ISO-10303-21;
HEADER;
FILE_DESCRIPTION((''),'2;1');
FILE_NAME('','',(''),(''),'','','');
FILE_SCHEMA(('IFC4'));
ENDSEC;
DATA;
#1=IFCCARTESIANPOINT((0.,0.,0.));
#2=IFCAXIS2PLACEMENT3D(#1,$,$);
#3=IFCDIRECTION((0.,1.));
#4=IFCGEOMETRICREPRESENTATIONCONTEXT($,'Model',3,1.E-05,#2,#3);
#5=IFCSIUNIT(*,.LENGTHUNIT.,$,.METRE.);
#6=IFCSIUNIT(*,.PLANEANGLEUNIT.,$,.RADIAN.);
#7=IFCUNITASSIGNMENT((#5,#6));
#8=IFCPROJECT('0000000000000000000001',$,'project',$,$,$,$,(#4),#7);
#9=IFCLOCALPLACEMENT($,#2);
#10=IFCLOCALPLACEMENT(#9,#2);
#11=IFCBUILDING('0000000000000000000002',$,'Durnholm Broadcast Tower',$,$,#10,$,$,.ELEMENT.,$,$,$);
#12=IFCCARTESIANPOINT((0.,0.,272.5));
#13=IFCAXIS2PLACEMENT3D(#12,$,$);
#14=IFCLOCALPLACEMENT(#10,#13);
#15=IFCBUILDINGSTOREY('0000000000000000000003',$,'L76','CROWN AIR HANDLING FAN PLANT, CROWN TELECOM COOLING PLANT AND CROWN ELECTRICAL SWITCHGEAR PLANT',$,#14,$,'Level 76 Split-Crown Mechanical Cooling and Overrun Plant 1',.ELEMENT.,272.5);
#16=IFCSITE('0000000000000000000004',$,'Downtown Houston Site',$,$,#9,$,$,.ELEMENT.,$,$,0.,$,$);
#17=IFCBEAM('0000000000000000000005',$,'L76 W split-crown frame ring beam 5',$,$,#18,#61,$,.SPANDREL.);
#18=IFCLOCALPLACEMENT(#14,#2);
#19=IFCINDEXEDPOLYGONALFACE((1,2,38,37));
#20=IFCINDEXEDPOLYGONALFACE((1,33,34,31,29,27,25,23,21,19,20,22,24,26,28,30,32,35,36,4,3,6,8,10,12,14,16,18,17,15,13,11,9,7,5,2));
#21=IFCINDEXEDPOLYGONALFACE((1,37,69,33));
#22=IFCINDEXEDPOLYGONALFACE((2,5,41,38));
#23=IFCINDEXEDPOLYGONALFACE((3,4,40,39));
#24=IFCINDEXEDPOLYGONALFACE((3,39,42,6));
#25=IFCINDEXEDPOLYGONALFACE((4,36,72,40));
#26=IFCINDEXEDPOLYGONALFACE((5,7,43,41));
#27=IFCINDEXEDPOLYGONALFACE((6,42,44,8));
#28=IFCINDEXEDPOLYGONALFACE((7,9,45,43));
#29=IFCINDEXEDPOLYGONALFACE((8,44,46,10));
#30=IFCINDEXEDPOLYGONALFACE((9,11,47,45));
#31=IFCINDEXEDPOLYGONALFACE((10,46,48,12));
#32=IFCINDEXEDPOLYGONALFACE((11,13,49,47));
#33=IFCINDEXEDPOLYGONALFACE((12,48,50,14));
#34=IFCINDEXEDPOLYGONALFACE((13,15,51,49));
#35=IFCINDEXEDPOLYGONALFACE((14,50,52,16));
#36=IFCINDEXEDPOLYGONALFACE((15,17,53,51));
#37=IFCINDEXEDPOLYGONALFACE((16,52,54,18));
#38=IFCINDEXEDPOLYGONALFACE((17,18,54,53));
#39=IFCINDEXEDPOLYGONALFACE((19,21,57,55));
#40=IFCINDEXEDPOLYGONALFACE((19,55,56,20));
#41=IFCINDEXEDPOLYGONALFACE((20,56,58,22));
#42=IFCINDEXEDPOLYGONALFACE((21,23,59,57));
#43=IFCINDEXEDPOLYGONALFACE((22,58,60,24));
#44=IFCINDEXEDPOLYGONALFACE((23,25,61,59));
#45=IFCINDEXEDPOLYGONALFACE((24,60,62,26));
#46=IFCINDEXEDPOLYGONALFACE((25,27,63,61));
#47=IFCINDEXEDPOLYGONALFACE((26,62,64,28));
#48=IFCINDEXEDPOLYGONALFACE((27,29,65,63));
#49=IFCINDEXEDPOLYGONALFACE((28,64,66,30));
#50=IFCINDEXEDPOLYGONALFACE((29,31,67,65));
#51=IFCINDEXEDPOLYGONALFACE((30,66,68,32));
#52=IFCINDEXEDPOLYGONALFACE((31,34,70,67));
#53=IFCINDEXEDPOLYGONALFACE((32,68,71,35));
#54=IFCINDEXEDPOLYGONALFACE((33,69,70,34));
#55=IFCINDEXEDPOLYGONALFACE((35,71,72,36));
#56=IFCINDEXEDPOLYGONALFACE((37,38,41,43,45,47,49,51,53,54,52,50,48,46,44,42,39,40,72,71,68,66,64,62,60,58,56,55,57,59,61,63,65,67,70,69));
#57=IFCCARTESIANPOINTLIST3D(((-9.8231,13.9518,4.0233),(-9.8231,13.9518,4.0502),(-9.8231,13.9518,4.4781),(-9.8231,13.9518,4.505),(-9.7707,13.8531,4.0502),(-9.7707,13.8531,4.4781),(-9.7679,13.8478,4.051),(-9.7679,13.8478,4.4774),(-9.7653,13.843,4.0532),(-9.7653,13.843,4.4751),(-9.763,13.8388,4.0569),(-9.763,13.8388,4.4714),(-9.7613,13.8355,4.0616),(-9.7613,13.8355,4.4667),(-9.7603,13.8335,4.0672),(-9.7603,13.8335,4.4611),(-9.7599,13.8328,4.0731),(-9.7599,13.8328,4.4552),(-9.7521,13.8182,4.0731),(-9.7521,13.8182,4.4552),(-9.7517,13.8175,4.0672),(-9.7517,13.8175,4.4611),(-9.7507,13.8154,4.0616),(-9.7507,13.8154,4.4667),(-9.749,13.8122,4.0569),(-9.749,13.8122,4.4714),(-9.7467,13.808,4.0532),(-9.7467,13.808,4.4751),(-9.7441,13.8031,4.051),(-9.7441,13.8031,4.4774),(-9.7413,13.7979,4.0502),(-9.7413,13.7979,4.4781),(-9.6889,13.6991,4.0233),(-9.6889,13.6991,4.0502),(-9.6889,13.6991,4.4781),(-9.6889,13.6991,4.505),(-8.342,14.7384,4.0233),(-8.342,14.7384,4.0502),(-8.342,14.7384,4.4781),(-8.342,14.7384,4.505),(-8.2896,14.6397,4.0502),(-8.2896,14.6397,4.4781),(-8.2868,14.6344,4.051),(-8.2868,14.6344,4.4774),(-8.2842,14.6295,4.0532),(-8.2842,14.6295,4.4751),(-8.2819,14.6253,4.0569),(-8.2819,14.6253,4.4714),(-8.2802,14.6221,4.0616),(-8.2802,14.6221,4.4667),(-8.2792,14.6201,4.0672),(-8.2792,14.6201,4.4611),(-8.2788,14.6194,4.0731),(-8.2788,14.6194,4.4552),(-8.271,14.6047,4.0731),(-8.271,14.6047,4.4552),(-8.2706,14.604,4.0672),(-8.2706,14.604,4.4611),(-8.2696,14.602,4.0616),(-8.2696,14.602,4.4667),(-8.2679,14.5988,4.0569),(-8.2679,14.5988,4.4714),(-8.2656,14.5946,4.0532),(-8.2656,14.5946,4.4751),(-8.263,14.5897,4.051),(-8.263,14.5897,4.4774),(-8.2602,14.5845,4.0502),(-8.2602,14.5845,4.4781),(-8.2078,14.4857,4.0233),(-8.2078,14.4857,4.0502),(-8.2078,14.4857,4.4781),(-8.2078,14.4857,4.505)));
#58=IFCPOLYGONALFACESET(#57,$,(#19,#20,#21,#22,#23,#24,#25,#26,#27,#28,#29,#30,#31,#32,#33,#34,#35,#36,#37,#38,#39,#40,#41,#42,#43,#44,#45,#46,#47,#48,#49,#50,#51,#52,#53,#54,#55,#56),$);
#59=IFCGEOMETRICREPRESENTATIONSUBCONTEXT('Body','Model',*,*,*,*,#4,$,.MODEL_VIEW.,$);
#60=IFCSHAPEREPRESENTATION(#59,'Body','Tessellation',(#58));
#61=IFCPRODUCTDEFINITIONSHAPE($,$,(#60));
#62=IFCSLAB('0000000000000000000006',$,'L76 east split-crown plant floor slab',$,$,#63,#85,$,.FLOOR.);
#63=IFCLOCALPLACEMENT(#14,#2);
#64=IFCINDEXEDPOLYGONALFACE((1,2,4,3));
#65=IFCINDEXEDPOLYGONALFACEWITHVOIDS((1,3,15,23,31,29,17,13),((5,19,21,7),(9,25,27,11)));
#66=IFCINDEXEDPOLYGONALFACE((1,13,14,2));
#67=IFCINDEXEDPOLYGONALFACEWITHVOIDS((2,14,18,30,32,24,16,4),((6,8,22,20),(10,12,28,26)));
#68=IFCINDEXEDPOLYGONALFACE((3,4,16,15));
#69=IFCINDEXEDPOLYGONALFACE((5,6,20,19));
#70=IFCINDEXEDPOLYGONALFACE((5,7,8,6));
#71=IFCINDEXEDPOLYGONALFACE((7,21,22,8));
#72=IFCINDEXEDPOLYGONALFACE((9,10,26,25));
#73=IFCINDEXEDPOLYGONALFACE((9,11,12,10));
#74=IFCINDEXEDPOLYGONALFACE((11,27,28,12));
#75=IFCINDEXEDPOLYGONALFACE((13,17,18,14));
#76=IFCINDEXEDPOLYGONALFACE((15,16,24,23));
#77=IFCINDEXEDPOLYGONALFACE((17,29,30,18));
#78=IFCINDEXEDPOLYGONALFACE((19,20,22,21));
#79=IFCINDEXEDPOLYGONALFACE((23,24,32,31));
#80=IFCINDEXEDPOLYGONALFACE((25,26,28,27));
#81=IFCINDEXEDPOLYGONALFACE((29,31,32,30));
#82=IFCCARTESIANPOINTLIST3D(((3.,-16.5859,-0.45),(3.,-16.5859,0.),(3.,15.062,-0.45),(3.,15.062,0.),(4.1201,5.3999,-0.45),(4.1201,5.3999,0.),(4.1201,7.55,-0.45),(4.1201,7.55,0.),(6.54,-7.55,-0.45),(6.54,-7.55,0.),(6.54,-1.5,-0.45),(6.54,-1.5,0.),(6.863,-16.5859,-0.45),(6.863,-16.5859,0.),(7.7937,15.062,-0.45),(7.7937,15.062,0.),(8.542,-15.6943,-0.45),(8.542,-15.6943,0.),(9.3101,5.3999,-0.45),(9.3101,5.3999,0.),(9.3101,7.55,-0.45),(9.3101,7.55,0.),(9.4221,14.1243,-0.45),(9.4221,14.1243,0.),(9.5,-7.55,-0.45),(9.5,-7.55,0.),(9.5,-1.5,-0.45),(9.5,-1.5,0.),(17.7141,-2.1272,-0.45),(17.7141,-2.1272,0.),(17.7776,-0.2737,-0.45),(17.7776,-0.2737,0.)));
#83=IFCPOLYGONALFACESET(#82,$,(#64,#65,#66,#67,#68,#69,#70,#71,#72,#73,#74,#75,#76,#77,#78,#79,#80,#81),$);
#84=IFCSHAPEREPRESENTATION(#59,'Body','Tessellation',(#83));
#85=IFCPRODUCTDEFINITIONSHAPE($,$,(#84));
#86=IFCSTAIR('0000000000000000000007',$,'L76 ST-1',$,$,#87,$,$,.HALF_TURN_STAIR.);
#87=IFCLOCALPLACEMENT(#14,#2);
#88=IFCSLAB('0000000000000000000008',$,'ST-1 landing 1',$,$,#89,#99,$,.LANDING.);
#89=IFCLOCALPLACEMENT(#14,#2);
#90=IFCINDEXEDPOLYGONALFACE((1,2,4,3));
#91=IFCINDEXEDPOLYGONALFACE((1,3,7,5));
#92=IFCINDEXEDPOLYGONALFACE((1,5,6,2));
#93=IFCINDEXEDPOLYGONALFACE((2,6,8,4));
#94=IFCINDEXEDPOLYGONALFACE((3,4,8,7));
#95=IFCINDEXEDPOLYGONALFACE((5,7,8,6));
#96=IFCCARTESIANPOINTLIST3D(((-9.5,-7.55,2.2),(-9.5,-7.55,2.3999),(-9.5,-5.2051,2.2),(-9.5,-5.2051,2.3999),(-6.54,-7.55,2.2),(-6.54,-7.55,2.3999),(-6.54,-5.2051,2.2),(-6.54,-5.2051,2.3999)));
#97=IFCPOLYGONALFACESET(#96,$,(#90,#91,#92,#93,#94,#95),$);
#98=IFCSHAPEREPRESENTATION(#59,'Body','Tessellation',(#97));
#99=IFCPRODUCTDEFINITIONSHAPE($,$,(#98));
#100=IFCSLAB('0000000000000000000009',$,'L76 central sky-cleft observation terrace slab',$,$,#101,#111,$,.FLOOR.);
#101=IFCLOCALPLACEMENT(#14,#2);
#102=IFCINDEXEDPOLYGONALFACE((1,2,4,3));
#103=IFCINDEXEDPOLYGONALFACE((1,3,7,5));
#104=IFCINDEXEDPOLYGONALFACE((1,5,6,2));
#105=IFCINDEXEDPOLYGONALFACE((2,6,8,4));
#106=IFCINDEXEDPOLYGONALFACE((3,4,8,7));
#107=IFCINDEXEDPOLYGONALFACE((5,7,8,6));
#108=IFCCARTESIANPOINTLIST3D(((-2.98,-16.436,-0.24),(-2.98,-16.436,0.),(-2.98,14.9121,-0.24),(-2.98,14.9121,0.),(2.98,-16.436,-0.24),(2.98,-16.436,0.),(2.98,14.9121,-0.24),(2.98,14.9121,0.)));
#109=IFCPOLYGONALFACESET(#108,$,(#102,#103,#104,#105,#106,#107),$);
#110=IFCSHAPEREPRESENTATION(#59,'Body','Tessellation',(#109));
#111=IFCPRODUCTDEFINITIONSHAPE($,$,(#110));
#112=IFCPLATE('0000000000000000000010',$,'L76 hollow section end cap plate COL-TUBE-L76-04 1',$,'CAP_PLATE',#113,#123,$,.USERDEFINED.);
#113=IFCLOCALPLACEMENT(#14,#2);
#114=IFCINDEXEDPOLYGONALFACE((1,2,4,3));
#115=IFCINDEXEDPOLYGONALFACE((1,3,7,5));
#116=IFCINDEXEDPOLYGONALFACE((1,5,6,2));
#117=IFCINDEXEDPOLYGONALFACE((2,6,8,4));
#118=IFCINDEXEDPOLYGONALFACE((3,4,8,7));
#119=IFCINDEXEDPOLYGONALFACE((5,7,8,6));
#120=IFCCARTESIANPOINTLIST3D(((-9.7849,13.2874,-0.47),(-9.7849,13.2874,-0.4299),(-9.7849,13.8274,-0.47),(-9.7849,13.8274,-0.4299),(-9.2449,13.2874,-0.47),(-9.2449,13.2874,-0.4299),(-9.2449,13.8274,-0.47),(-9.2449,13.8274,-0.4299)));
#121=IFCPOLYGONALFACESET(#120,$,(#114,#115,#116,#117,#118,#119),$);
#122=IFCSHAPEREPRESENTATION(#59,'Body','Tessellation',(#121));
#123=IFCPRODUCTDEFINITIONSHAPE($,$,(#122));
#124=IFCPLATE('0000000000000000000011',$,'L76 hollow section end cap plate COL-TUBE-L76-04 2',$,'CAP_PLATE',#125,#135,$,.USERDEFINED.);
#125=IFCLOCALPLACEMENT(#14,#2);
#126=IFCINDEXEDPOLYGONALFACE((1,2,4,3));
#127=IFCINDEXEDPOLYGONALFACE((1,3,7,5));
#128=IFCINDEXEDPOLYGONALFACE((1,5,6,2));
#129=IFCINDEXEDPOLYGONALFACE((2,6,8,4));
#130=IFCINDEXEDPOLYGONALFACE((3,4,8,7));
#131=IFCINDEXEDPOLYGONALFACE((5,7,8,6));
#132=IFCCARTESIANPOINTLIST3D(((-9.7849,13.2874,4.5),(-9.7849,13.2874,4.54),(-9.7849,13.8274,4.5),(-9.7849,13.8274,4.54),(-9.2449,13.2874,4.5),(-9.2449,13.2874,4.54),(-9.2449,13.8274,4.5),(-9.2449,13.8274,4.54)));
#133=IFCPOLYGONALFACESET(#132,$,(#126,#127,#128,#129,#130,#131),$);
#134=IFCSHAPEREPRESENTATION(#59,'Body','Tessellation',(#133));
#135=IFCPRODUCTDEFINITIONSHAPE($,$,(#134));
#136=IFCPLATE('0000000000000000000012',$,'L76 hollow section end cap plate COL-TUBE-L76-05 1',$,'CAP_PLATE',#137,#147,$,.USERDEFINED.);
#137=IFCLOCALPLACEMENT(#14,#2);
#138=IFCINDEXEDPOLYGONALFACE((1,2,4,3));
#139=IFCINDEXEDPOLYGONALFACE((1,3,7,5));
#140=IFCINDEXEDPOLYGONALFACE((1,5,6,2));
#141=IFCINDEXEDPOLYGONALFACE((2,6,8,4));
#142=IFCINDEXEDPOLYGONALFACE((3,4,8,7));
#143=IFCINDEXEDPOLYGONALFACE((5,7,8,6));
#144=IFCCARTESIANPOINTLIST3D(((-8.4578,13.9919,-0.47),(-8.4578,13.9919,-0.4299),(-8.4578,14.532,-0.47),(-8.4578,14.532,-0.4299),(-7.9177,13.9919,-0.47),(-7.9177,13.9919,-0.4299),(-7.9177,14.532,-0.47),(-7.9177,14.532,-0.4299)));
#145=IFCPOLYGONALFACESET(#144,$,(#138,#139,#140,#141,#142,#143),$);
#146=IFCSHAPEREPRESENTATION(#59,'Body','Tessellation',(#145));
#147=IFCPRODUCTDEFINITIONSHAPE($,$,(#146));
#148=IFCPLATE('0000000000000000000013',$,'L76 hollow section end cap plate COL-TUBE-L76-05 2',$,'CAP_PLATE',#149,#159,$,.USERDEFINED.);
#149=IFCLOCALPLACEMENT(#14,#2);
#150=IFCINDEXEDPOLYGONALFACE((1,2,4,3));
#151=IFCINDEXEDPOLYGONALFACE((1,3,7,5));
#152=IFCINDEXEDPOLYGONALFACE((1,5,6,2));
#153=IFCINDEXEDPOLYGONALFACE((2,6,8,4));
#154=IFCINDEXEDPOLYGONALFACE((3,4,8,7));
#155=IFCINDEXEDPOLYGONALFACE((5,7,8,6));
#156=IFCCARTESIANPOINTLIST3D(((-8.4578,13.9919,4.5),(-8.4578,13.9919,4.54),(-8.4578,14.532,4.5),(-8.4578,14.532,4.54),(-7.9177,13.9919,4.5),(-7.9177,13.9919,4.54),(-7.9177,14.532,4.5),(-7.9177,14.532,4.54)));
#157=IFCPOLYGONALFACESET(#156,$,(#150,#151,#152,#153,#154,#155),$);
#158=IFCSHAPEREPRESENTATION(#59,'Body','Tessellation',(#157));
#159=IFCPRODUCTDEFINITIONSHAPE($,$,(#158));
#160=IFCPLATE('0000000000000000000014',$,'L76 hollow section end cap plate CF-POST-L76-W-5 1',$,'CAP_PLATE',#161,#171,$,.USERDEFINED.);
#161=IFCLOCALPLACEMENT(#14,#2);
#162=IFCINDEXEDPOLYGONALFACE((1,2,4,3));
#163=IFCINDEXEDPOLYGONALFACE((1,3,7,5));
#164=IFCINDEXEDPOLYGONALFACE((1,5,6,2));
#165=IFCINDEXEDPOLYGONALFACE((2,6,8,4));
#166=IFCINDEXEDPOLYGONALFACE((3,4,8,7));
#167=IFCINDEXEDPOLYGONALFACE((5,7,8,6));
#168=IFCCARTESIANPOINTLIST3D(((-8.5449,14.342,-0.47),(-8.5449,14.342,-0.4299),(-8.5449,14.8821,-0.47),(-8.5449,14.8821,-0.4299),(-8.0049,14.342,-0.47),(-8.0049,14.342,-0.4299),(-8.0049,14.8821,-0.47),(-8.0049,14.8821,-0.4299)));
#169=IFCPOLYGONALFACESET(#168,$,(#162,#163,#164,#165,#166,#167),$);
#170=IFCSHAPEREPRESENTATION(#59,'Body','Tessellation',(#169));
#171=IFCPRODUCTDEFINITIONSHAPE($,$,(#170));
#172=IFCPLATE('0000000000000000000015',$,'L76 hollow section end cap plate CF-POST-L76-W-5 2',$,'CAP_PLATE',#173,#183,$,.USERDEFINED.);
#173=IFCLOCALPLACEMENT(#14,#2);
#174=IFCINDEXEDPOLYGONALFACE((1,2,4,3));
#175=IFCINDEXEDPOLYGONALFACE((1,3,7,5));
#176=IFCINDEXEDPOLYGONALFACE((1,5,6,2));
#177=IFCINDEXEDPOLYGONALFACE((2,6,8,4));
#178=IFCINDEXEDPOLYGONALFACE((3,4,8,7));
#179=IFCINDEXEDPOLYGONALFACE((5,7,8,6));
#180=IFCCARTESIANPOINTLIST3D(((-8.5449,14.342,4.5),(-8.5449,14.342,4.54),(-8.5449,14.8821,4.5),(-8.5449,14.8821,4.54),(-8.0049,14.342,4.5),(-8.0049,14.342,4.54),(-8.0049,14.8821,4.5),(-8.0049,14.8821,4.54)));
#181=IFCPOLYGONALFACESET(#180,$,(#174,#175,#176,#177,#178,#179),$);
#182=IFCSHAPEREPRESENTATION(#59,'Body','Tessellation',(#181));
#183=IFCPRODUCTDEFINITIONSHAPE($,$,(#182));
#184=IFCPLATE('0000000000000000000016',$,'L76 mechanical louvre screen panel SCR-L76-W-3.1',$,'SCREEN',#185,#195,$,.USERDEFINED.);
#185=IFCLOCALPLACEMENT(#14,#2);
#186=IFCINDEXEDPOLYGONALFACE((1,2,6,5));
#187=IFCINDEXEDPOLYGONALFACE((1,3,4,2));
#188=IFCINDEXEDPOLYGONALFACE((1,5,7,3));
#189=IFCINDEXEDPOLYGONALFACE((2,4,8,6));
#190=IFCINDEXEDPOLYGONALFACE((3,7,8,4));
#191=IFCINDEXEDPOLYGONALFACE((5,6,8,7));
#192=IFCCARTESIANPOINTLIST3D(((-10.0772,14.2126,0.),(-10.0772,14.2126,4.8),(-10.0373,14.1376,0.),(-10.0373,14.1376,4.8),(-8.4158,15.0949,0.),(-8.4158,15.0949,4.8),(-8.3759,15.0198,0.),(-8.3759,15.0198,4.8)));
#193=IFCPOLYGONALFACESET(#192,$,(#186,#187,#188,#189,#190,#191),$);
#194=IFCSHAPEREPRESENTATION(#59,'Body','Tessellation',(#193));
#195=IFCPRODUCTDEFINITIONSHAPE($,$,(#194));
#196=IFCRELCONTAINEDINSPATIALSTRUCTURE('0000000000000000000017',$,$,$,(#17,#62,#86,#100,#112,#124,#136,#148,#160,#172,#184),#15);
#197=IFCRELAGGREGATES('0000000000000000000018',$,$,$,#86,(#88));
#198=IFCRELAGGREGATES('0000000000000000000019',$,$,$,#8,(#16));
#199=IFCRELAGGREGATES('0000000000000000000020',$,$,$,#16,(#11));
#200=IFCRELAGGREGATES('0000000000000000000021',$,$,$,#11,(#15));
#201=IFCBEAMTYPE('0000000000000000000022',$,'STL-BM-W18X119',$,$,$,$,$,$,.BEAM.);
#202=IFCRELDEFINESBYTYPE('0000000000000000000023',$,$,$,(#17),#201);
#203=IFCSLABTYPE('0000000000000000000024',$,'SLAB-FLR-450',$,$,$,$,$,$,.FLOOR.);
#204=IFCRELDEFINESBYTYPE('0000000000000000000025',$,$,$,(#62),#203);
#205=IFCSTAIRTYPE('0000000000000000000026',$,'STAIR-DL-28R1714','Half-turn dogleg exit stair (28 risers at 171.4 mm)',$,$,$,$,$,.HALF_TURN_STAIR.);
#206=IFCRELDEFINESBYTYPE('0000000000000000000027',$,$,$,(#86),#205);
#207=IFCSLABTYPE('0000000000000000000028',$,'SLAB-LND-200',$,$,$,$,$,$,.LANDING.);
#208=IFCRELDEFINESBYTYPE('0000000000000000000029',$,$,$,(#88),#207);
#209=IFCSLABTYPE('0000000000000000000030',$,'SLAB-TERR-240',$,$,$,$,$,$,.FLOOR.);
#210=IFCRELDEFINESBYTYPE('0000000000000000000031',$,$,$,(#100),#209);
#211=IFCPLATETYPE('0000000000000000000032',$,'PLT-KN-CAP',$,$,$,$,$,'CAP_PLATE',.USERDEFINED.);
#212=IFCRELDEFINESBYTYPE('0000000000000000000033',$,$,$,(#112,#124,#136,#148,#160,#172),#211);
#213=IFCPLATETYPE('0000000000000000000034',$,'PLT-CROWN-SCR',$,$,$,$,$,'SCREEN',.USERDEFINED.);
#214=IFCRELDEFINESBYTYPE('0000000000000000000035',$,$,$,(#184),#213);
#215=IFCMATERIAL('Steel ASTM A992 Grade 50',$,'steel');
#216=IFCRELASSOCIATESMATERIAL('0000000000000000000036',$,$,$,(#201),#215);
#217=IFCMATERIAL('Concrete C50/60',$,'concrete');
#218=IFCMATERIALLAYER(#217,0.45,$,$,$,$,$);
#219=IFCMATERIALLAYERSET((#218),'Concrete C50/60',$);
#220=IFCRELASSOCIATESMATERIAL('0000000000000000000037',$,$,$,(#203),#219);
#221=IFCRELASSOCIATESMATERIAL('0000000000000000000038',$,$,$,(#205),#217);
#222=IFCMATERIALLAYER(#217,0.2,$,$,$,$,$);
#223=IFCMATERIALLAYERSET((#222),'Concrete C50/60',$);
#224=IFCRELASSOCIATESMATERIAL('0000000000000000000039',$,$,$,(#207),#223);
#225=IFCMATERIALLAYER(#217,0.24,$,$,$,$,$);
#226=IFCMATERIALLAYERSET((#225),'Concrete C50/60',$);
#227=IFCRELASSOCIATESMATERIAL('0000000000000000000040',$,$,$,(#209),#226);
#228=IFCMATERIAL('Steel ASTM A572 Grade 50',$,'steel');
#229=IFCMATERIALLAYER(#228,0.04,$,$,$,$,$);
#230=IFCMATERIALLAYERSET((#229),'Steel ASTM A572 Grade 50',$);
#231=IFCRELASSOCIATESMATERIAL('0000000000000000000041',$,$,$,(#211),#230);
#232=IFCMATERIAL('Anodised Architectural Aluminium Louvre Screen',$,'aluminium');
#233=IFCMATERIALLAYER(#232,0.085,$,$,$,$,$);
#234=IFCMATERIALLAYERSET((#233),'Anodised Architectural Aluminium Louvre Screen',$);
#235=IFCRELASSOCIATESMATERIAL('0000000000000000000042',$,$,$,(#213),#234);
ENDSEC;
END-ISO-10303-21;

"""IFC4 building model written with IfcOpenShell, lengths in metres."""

from ifc_helpers import new_model, si_unit, direction, frame, origin, origin_2d, place, context, subcontext, project, spatial, polyline, rectangle, i_section, outline, extrude, source, transform, mapped, material, layer, layer_set, material_profile, profile_set, type_object, type_shapes, element, aggregate, save


model = new_model("IFC4")

# Units and contexts
model_context = context("Model", 3, precision=1e-05, world=origin(), true_north=direction((0.0, 1.0)))
body_context = subcontext(model_context, "Body", "Model", "MODEL_VIEW")
ifc_project = project(units=[si_unit("LENGTHUNIT", "METRE"), si_unit("PLANEANGLEUNIT", "RADIAN")], contexts=[model_context])

# Site, building, storey
site_placement = place(None, origin())
site = spatial("IfcSite", under=ifc_project, at=site_placement, Name="Downtown Houston Site", CompositionType="ELEMENT", RefElevation=0.0)
building_placement = place(site_placement, origin())
building = spatial("IfcBuilding", under=site, at=building_placement, Name="Durnholm Broadcast Tower", CompositionType="ELEMENT")
storey_placement = place(building_placement, frame((0.0, 0.0, 272.5)))
storey = spatial("IfcBuildingStorey", under=building, at=storey_placement, Name="L76", Description="CROWN AIR HANDLING FAN PLANT, CROWN TELECOM COOLING PLANT AND CROWN ELECTRICAL SWITCHGEAR PLANT", LongName="Level 76 Split-Crown Mechanical Cooling and Overrun Plant 1", CompositionType="ELEMENT", Elevation=272.5)

# Shared definitions
ifc_material_1 = material(Name="Steel ASTM A992 Grade 50", Category="steel")

# Beam
ifc_material_profile_1 = material_profile(ifc_material_1, i_section(OverallWidth=0.2861, OverallDepth=0.4817, WebThickness=0.0166, FlangeThickness=0.0269, FilletRadius=0.0229, at=origin_2d()), Name="W18X119")
ifc_profile_set_1 = profile_set([ifc_material_profile_1], Name="Steel ASTM A992 Grade 50")
beam_type_1 = type_object("IfcBeamType", Name="STL-BM-W18X119", PredefinedType="BEAM", material=ifc_profile_set_1)
shared_shape_1 = source(origin(), body_context, "Body", "SweptSolid", [
    extrude(i_section(OverallWidth=0.2861, OverallDepth=0.4817, WebThickness=0.0166, FlangeThickness=0.0269, FilletRadius=0.0229, at=origin_2d()), origin(), (0.0, 0.0, 1.0), 1.677),
])
beam_1_placement = place(storey_placement, frame((-8.2749, 14.6121, 4.2642), z_axis=(-0.883182, -0.469031, 0.0), x_axis=(0.469031, -0.883182, 0.0)))
element("IfcBeam", 1, at=beam_1_placement, inside=storey, type_object=beam_type_1, Name="L76 W split-crown frame ring beam 5", PredefinedType="SPANDREL", context=body_context, shape_type="MappedRepresentation", body=[
    mapped(shared_shape_1, transform((0.0, 0.0, 0.0), x_axis=(1.0, 0.0, 0.0), y_axis=(0.0, 1.0, 0.0), z_axis=(0.0, 0.0, 1.0), scale=1.0)),
])

# Slab
ifc_material_2 = material(Name="Concrete C50/60", Category="concrete")
ifc_layer_1 = layer(ifc_material_2, 0.45)
ifc_layer_set_1 = layer_set([ifc_layer_1], Name="Concrete C50/60")
slab_type_1 = type_object("IfcSlabType", Name="SLAB-FLR-450", PredefinedType="FLOOR", material=ifc_layer_set_1)
slab_1_placement = place(storey_placement, frame((0.0, 0.0, -0.45)))
element("IfcSlab", 2, at=slab_1_placement, inside=storey, type_object=slab_type_1, Name="L76 east split-crown plant floor slab", PredefinedType="FLOOR", context=body_context, shape_type="SweptSolid", body=[
    extrude(outline(polyline([(3.0, 15.062), (3.0, -16.5859), (6.863, -16.5859), (8.542, -15.6943), (17.7141, -2.1272), (17.7776, -0.2737), (9.4221, 14.1243), (7.7937, 15.062), (3.0, 15.062)]), holes=[polyline([(9.5, -1.5), (6.54, -1.5), (6.54, -7.55), (9.5, -7.55), (9.5, -1.5)]), polyline([(4.1201, 7.55), (4.1201, 5.3999), (9.3101, 5.3999), (9.3101, 7.55), (4.1201, 7.55)])]), origin(), (0.0, 0.0, 1.0), 0.45),
])

# Stair, slab
stair_type = type_object("IfcStairType", Name="STAIR-DL-28R1714", Description="Half-turn dogleg exit stair (28 risers at 171.4 mm)", PredefinedType="HALF_TURN_STAIR", material=ifc_material_2)
stair_placement = place(storey_placement, origin())
stair = element("IfcStair", 3, at=stair_placement, inside=storey, type_object=stair_type, Name="L76 ST-1", PredefinedType="HALF_TURN_STAIR")
ifc_layer_2 = layer(ifc_material_2, 0.2)
ifc_layer_set_2 = layer_set([ifc_layer_2], Name="Concrete C50/60")
slab_type_2 = type_object("IfcSlabType", Name="SLAB-LND-200", PredefinedType="LANDING", material=ifc_layer_set_2)
slab_2_placement = place(storey_placement, frame((0.0, 0.0, 2.2)))
slab_2 = element("IfcSlab", 4, at=slab_2_placement, type_object=slab_type_2, Name="ST-1 landing 1", PredefinedType="LANDING", context=body_context, shape_type="SweptSolid", body=[
    extrude(outline(polyline([(-9.5, -5.2051), (-9.5, -7.55), (-6.54, -7.55), (-6.54, -5.2051), (-9.5, -5.2051)])), origin(), (0.0, 0.0, 1.0), 0.2),
])
aggregate(stair, [slab_2])

# Slab
ifc_layer_3 = layer(ifc_material_2, 0.24)
ifc_layer_set_3 = layer_set([ifc_layer_3], Name="Concrete C50/60")
slab_type_3 = type_object("IfcSlabType", Name="SLAB-TERR-240", PredefinedType="FLOOR", material=ifc_layer_set_3)
slab_3_placement = place(storey_placement, frame((0.0, 0.0, -0.24)))
element("IfcSlab", 5, at=slab_3_placement, inside=storey, type_object=slab_type_3, Name="L76 central sky-cleft observation terrace slab", PredefinedType="FLOOR", context=body_context, shape_type="SweptSolid", body=[
    extrude(outline(polyline([(-2.98, -16.436), (2.98, -16.436), (2.98, 14.9121), (-2.98, 14.9121), (-2.98, -16.436)])), origin(), (0.0, 0.0, 1.0), 0.24),
])

# Plates
ifc_material_3 = material(Name="Steel ASTM A572 Grade 50", Category="steel")
ifc_layer_4 = layer(ifc_material_3, 0.04)
ifc_layer_set_4 = layer_set([ifc_layer_4], Name="Steel ASTM A572 Grade 50")
plate_type_1 = type_object("IfcPlateType", Name="PLT-KN-CAP", ElementType="CAP_PLATE", PredefinedType="USERDEFINED", material=ifc_layer_set_4)
shared_shape_2 = source(origin(), body_context, "Body", "SweptSolid", [
    extrude(rectangle(XDim=0.54, YDim=0.54, at=origin_2d()), origin(), (0.0, 0.0, 1.0), 0.04),
])
type_shapes(plate_type_1, [shared_shape_2])
for number, where, z_axis, x_axis, name in (
    (6, (-9.5149, 13.5574, -0.47), (0.0, 0.0, 1.0), (1.0, 0.0, 0.0), "L76 hollow section end cap plate COL-TUBE-L76-04 1"),
    (7, (-9.5149, 13.5574, 4.5), (0.0, 0.0, 1.0), (1.0, 0.0, 0.0), "L76 hollow section end cap plate COL-TUBE-L76-04 2"),
    (8, (-8.1877, 14.262, -0.47), (0.0, 0.0, 1.0), (1.0, 0.0, 0.0), "L76 hollow section end cap plate COL-TUBE-L76-05 1"),
    (9, (-8.1877, 14.262, 4.5), (0.0, 0.0, 1.0), (1.0, 0.0, 0.0), "L76 hollow section end cap plate COL-TUBE-L76-05 2"),
    (10, (-8.2749, 14.6121, -0.47), (0.0, 0.0, 1.0), (1.0, 0.0, 0.0), "L76 hollow section end cap plate CF-POST-L76-W-5 1"),
    (11, (-8.2749, 14.6121, 4.5), (0.0, 0.0, 1.0), (1.0, 0.0, 0.0), "L76 hollow section end cap plate CF-POST-L76-W-5 2"),
):
    element("IfcPlate", number, at=place(storey_placement, frame(where, z_axis=z_axis, x_axis=x_axis)), inside=storey, type_object=plate_type_1, Name=name, ObjectType="CAP_PLATE", PredefinedType="USERDEFINED", context=body_context, shape_type="MappedRepresentation", body=[
        mapped(shared_shape_2, transform((0.0, 0.0, 0.0), x_axis=(1.0, 0.0, 0.0), y_axis=(0.0, 1.0, 0.0), z_axis=(0.0, 0.0, 1.0), scale=1.0)),
    ])
ifc_material_4 = material(Name="Anodised Architectural Aluminium Louvre Screen", Category="aluminium")
ifc_layer_5 = layer(ifc_material_4, 0.085)
ifc_layer_set_5 = layer_set([ifc_layer_5], Name="Anodised Architectural Aluminium Louvre Screen")
plate_type_2 = type_object("IfcPlateType", Name="PLT-CROWN-SCR", ElementType="SCREEN", PredefinedType="USERDEFINED", material=ifc_layer_set_5)
shared_shape_3 = source(origin(), body_context, "Body", "SweptSolid", [
    extrude(rectangle(XDim=1.8811, YDim=0.085, at=origin_2d()), origin(), (0.0, 0.0, 1.0), 4.8),
])
plate_1_placement = place(storey_placement, frame((-9.2266, 14.6162, 0.0), z_axis=(0.0, 0.0, 1.0), x_axis=(0.883193, 0.469009, 0.0)))
element("IfcPlate", 12, at=plate_1_placement, inside=storey, type_object=plate_type_2, Name="L76 mechanical louvre screen panel SCR-L76-W-3.1", ObjectType="SCREEN", PredefinedType="USERDEFINED", context=body_context, shape_type="MappedRepresentation", body=[
    mapped(shared_shape_3, transform((0.0, 0.0, 0.0), x_axis=(1.0, 0.0, 0.0), y_axis=(0.0, 1.0, 0.0), z_axis=(0.0, 0.0, 1.0), scale=1.0)),
])

save(model, "model.ifc")
